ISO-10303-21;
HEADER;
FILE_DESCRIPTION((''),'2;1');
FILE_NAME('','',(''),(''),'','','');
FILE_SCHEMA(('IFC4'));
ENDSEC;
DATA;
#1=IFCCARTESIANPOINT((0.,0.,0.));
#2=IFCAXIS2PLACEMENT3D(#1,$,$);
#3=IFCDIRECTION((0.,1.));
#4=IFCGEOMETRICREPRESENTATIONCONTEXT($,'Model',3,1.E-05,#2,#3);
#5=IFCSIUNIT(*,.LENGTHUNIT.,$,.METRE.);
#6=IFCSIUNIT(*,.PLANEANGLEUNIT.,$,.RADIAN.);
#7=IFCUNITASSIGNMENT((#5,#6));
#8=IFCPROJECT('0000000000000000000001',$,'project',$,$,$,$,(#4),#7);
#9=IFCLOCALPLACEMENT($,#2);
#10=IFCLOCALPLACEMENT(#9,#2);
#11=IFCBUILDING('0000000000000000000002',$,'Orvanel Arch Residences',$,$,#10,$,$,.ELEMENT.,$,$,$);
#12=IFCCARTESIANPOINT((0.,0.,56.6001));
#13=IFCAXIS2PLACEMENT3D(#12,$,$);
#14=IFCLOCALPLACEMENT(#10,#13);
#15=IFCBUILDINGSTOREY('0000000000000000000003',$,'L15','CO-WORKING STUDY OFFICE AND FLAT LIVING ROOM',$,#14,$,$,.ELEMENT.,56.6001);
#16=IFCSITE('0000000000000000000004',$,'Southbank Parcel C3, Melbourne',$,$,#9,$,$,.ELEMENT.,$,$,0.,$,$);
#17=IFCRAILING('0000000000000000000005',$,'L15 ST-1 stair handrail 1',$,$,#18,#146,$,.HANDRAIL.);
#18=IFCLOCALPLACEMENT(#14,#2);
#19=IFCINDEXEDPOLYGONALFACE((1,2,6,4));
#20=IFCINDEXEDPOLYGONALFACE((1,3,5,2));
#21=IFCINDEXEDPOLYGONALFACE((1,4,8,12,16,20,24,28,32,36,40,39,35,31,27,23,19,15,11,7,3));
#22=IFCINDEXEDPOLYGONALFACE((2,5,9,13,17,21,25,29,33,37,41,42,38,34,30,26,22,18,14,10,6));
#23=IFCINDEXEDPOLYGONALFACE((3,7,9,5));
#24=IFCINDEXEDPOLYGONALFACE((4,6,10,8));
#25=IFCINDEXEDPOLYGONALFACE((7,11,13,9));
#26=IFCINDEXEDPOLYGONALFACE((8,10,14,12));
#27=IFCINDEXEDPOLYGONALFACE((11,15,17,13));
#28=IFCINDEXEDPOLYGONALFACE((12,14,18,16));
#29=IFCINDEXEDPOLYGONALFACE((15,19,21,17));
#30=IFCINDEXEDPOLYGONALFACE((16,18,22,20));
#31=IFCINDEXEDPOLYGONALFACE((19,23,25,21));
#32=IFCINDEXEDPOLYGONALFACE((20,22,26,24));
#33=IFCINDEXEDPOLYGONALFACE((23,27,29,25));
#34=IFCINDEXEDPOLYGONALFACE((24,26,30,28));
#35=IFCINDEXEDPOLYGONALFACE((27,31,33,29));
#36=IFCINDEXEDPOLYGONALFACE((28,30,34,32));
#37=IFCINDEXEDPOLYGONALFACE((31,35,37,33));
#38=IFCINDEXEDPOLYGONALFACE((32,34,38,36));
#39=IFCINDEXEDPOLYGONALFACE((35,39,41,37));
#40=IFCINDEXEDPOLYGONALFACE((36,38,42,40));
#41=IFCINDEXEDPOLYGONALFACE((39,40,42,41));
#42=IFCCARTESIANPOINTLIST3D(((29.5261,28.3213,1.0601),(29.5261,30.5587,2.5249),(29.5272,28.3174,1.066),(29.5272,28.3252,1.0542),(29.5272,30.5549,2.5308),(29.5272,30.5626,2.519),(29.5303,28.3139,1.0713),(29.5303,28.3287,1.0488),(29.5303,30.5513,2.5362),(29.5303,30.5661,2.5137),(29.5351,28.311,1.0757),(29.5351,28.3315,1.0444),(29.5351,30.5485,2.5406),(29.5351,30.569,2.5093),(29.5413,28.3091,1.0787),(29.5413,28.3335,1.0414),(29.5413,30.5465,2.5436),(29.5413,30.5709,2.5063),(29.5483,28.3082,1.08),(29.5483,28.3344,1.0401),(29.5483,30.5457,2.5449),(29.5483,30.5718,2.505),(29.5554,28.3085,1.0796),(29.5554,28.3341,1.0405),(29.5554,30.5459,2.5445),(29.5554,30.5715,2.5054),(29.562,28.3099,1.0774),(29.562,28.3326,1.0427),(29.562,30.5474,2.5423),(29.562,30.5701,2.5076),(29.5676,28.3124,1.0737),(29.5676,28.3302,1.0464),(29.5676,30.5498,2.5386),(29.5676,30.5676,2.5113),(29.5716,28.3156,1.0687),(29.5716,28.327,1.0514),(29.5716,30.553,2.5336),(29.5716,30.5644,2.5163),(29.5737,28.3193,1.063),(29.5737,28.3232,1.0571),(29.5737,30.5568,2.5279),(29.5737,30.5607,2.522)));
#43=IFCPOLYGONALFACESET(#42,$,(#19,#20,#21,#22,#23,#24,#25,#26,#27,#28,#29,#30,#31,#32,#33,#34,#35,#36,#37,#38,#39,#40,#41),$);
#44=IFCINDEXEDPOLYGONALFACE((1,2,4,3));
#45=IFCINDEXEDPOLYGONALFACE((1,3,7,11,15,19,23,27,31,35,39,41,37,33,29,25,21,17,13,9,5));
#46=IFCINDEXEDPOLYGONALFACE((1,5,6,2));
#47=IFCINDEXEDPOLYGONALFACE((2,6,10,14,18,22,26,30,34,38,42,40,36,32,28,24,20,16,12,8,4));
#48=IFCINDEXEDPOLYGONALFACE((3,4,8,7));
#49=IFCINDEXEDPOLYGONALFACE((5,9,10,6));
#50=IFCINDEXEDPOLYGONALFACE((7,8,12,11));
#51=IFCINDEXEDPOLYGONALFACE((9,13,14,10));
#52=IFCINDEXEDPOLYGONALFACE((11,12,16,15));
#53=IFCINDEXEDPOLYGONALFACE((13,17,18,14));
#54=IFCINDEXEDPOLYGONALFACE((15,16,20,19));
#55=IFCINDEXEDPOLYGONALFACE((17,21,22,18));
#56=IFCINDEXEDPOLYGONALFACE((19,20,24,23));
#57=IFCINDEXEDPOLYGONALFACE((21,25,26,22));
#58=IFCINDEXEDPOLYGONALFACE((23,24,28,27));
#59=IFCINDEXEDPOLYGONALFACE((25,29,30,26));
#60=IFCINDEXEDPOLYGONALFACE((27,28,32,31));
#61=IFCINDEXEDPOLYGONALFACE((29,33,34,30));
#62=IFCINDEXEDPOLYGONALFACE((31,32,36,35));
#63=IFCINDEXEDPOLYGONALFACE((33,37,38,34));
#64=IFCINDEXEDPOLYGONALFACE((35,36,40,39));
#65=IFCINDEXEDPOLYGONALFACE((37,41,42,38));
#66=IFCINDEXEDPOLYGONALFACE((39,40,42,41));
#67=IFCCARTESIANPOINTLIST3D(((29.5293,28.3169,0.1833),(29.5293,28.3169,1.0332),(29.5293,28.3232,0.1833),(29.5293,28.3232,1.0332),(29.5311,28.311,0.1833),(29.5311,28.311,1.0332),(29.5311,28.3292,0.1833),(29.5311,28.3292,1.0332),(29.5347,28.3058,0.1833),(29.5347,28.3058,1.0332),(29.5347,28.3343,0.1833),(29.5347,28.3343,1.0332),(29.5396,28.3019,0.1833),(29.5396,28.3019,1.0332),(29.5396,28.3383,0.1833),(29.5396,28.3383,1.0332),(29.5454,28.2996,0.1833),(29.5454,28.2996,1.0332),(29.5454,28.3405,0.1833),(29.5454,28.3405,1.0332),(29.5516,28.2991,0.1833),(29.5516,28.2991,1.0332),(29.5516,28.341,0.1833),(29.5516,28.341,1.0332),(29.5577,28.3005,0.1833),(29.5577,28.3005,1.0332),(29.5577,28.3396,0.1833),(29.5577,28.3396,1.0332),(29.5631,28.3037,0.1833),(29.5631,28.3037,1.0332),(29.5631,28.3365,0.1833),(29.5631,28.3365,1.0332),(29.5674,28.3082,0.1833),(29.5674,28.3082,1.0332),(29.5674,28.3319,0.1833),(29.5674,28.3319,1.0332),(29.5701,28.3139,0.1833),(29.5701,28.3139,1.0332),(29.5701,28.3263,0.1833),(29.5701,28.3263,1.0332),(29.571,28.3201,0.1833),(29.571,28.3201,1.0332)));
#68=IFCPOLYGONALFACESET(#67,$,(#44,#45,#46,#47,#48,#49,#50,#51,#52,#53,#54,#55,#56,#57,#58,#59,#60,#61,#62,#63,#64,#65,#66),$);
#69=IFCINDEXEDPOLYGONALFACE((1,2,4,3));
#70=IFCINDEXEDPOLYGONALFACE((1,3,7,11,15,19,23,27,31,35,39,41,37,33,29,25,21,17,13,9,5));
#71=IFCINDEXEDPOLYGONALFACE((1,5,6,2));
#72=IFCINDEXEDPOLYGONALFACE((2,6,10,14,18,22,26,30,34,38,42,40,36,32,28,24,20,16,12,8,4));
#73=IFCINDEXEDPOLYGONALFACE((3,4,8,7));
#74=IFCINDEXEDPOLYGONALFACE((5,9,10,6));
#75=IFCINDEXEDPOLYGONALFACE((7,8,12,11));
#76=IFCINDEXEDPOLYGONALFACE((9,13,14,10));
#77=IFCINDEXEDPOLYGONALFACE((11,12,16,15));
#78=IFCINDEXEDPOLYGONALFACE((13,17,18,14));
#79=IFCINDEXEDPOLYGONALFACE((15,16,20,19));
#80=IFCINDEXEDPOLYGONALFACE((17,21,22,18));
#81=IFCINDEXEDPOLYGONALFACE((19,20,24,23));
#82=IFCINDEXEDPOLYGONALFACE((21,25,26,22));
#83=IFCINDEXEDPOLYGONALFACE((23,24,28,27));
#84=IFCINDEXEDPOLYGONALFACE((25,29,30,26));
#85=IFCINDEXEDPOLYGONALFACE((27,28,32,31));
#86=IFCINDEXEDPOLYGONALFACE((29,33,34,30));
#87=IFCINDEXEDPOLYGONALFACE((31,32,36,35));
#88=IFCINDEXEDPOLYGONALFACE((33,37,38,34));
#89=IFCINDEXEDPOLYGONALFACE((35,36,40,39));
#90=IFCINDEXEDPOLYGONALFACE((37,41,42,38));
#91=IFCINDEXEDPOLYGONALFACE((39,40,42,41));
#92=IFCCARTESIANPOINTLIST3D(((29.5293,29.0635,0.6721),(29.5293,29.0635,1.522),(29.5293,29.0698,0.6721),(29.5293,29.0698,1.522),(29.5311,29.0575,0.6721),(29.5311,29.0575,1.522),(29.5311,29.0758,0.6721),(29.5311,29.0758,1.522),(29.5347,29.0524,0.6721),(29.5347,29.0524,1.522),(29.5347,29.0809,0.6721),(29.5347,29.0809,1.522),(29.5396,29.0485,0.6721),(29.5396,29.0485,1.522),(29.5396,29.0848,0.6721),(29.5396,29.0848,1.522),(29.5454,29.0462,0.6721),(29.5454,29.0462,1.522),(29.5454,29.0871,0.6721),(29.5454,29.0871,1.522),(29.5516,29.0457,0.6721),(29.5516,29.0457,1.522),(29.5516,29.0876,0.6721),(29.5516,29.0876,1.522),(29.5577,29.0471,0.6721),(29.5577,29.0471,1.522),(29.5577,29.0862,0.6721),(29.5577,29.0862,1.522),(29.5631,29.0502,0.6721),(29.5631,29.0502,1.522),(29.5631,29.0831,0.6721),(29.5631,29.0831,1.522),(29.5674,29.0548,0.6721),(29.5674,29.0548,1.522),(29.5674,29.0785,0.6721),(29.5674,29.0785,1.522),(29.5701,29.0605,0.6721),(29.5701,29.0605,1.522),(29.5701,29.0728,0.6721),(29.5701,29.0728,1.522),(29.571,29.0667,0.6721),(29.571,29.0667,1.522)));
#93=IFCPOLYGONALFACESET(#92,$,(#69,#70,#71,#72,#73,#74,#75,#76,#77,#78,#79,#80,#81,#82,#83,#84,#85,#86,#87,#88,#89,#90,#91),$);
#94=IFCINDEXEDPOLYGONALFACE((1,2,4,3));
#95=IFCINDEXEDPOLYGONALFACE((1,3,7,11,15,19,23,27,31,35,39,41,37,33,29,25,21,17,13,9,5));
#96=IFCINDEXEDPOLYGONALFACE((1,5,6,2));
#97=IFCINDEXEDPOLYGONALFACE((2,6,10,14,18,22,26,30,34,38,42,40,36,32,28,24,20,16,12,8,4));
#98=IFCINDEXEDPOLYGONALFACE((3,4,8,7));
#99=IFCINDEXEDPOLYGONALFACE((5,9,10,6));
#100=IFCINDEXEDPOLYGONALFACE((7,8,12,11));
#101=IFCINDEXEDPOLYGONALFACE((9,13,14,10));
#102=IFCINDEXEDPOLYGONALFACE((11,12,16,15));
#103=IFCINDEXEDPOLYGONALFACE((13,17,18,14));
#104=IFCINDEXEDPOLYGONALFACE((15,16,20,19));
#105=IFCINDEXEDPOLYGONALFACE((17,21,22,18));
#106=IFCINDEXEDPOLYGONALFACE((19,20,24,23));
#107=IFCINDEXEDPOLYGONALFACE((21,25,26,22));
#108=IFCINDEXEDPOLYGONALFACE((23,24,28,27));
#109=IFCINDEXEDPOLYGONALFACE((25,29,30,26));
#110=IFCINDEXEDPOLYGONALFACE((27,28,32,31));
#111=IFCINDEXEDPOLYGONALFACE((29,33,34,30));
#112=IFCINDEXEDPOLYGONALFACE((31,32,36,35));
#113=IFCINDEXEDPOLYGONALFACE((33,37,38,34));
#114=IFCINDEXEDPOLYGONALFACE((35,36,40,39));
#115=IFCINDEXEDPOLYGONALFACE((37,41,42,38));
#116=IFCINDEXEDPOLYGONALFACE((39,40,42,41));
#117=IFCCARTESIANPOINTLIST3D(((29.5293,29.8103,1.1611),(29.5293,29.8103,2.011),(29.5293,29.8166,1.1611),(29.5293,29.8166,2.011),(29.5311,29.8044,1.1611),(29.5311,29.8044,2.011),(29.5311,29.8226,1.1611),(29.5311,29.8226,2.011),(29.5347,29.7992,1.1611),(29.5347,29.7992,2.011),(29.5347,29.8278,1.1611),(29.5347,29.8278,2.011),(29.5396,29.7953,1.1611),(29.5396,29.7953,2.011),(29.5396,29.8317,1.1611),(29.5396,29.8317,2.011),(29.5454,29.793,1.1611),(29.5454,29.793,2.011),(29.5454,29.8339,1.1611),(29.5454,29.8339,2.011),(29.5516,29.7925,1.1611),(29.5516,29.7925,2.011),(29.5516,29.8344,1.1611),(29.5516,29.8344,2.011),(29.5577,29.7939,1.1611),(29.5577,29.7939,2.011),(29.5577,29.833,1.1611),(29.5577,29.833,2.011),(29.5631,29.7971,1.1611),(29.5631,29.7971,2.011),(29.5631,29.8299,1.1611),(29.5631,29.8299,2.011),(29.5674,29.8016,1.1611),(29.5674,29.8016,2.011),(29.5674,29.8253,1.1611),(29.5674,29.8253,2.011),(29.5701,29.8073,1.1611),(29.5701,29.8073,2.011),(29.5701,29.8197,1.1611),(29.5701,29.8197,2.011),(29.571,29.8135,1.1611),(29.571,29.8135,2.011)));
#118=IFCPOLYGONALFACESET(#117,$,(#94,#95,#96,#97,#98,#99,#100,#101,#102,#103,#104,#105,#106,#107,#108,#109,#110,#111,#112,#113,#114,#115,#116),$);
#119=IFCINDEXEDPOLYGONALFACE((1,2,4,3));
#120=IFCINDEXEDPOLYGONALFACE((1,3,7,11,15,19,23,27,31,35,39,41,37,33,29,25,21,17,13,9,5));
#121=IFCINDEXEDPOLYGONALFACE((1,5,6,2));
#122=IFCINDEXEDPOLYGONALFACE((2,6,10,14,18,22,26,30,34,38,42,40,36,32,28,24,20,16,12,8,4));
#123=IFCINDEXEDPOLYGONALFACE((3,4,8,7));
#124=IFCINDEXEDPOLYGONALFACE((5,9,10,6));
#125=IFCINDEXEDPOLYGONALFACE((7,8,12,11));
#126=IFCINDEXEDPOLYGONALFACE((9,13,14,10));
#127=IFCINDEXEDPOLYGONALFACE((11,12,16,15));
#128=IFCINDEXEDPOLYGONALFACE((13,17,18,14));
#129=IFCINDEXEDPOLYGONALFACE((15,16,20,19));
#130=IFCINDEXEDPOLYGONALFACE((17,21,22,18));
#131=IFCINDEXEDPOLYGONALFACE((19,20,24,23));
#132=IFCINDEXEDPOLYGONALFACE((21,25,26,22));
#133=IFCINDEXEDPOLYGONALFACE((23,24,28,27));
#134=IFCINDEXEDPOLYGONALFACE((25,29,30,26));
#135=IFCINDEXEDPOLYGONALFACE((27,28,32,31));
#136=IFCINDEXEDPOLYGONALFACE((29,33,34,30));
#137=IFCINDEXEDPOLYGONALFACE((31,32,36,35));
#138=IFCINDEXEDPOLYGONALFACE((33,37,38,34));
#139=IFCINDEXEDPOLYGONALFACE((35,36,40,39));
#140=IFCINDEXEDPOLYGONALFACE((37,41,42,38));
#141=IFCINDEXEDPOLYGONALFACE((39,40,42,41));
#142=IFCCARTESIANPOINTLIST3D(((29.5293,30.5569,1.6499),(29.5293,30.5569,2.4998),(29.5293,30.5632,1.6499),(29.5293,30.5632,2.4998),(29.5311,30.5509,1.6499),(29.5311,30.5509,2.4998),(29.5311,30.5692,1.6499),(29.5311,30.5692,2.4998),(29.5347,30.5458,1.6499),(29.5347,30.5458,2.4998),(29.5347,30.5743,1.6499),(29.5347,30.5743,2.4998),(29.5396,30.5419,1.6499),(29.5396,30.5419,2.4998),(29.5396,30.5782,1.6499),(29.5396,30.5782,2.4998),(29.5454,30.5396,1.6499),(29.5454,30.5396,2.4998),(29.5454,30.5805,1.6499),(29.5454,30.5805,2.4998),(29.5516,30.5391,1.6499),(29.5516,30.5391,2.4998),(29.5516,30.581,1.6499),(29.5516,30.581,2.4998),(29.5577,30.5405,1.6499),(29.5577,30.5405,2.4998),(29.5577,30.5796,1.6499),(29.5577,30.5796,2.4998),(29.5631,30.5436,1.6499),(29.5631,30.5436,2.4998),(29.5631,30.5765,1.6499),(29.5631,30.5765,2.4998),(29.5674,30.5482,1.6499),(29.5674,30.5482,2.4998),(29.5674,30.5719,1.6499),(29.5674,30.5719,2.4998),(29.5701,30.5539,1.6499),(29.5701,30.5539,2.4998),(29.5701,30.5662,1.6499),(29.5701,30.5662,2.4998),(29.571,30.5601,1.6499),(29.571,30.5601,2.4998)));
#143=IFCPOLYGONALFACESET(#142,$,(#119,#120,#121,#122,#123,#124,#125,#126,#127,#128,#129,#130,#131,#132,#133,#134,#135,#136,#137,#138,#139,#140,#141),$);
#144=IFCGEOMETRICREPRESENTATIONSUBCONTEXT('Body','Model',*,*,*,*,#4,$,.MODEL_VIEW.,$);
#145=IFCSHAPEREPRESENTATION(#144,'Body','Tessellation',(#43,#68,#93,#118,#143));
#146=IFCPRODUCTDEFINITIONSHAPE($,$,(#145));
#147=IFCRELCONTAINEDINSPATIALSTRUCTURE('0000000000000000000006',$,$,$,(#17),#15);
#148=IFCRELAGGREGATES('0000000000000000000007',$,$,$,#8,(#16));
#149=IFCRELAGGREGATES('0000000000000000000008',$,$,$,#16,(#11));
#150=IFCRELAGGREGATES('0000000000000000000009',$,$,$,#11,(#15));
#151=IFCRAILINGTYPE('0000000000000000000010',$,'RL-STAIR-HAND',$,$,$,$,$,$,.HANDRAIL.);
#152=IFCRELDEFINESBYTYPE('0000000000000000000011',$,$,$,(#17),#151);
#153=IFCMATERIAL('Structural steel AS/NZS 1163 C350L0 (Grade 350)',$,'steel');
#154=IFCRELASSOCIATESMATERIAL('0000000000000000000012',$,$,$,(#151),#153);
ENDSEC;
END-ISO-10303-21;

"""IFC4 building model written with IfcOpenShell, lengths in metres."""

from ifc_helpers import new_model, si_unit, direction, frame, origin, origin_2d, place, context, subcontext, project, spatial, circle, extrude, material, type_object, element, save


model = new_model("IFC4")

# Units and contexts
model_context = context("Model", 3, precision=1e-05, world=origin(), true_north=direction((0.0, 1.0)))
body_context = subcontext(model_context, "Body", "Model", "MODEL_VIEW")
ifc_project = project(units=[si_unit("LENGTHUNIT", "METRE"), si_unit("PLANEANGLEUNIT", "RADIAN")], contexts=[model_context])

# Site, building, storey
site_placement = place(None, origin())
site = spatial("IfcSite", under=ifc_project, at=site_placement, Name="Southbank Parcel C3, Melbourne", CompositionType="ELEMENT", RefElevation=0.0)
building_placement = place(site_placement, origin())
building = spatial("IfcBuilding", under=site, at=building_placement, Name="Orvanel Arch Residences", CompositionType="ELEMENT")
storey_placement = place(building_placement, frame((0.0, 0.0, 56.6001)))
storey = spatial("IfcBuildingStorey", under=building, at=storey_placement, Name="L15", Description="CO-WORKING STUDY OFFICE AND FLAT LIVING ROOM", CompositionType="ELEMENT", Elevation=56.6001)

# Railing
ifc_material_1 = material(Name="Structural steel AS/NZS 1163 C350L0 (Grade 350)", Category="steel")
railing_type_1 = type_object("IfcRailingType", Name="RL-STAIR-HAND", PredefinedType="HANDRAIL", material=ifc_material_1)
railing_1_placement = place(storey_placement, frame((29.55, 28.3201, 0.1833)))
element("IfcRailing", 1, at=railing_1_placement, inside=storey, type_object=railing_type_1, Name="L15 ST-1 stair handrail 1", PredefinedType="HANDRAIL", context=body_context, shape_type="SweptSolid", body=[
    extrude(circle(Radius=0.0239, at=origin_2d()), frame((0.0, 0.0012, 0.8767), z_axis=(0.0, 0.836637, 0.547758), x_axis=(-1.0, 0.0, 0.0)), (0.0, 0.0, 1.0), 2.6743),
    extrude(circle(Radius=0.021, at=origin_2d()), origin(), (0.0, 0.0, 1.0), 0.8499),
    extrude(circle(Radius=0.021, at=origin_2d()), frame((0.0, 0.7466, 0.4888)), (0.0, 0.0, 1.0), 0.8499),
    extrude(circle(Radius=0.021, at=origin_2d()), frame((0.0, 1.4934, 0.9778)), (0.0, 0.0, 1.0), 0.8499),
    extrude(circle(Radius=0.021, at=origin_2d()), frame((0.0, 2.24, 1.4666)), (0.0, 0.0, 1.0), 0.8499),
])

save(model, "model.ifc")
